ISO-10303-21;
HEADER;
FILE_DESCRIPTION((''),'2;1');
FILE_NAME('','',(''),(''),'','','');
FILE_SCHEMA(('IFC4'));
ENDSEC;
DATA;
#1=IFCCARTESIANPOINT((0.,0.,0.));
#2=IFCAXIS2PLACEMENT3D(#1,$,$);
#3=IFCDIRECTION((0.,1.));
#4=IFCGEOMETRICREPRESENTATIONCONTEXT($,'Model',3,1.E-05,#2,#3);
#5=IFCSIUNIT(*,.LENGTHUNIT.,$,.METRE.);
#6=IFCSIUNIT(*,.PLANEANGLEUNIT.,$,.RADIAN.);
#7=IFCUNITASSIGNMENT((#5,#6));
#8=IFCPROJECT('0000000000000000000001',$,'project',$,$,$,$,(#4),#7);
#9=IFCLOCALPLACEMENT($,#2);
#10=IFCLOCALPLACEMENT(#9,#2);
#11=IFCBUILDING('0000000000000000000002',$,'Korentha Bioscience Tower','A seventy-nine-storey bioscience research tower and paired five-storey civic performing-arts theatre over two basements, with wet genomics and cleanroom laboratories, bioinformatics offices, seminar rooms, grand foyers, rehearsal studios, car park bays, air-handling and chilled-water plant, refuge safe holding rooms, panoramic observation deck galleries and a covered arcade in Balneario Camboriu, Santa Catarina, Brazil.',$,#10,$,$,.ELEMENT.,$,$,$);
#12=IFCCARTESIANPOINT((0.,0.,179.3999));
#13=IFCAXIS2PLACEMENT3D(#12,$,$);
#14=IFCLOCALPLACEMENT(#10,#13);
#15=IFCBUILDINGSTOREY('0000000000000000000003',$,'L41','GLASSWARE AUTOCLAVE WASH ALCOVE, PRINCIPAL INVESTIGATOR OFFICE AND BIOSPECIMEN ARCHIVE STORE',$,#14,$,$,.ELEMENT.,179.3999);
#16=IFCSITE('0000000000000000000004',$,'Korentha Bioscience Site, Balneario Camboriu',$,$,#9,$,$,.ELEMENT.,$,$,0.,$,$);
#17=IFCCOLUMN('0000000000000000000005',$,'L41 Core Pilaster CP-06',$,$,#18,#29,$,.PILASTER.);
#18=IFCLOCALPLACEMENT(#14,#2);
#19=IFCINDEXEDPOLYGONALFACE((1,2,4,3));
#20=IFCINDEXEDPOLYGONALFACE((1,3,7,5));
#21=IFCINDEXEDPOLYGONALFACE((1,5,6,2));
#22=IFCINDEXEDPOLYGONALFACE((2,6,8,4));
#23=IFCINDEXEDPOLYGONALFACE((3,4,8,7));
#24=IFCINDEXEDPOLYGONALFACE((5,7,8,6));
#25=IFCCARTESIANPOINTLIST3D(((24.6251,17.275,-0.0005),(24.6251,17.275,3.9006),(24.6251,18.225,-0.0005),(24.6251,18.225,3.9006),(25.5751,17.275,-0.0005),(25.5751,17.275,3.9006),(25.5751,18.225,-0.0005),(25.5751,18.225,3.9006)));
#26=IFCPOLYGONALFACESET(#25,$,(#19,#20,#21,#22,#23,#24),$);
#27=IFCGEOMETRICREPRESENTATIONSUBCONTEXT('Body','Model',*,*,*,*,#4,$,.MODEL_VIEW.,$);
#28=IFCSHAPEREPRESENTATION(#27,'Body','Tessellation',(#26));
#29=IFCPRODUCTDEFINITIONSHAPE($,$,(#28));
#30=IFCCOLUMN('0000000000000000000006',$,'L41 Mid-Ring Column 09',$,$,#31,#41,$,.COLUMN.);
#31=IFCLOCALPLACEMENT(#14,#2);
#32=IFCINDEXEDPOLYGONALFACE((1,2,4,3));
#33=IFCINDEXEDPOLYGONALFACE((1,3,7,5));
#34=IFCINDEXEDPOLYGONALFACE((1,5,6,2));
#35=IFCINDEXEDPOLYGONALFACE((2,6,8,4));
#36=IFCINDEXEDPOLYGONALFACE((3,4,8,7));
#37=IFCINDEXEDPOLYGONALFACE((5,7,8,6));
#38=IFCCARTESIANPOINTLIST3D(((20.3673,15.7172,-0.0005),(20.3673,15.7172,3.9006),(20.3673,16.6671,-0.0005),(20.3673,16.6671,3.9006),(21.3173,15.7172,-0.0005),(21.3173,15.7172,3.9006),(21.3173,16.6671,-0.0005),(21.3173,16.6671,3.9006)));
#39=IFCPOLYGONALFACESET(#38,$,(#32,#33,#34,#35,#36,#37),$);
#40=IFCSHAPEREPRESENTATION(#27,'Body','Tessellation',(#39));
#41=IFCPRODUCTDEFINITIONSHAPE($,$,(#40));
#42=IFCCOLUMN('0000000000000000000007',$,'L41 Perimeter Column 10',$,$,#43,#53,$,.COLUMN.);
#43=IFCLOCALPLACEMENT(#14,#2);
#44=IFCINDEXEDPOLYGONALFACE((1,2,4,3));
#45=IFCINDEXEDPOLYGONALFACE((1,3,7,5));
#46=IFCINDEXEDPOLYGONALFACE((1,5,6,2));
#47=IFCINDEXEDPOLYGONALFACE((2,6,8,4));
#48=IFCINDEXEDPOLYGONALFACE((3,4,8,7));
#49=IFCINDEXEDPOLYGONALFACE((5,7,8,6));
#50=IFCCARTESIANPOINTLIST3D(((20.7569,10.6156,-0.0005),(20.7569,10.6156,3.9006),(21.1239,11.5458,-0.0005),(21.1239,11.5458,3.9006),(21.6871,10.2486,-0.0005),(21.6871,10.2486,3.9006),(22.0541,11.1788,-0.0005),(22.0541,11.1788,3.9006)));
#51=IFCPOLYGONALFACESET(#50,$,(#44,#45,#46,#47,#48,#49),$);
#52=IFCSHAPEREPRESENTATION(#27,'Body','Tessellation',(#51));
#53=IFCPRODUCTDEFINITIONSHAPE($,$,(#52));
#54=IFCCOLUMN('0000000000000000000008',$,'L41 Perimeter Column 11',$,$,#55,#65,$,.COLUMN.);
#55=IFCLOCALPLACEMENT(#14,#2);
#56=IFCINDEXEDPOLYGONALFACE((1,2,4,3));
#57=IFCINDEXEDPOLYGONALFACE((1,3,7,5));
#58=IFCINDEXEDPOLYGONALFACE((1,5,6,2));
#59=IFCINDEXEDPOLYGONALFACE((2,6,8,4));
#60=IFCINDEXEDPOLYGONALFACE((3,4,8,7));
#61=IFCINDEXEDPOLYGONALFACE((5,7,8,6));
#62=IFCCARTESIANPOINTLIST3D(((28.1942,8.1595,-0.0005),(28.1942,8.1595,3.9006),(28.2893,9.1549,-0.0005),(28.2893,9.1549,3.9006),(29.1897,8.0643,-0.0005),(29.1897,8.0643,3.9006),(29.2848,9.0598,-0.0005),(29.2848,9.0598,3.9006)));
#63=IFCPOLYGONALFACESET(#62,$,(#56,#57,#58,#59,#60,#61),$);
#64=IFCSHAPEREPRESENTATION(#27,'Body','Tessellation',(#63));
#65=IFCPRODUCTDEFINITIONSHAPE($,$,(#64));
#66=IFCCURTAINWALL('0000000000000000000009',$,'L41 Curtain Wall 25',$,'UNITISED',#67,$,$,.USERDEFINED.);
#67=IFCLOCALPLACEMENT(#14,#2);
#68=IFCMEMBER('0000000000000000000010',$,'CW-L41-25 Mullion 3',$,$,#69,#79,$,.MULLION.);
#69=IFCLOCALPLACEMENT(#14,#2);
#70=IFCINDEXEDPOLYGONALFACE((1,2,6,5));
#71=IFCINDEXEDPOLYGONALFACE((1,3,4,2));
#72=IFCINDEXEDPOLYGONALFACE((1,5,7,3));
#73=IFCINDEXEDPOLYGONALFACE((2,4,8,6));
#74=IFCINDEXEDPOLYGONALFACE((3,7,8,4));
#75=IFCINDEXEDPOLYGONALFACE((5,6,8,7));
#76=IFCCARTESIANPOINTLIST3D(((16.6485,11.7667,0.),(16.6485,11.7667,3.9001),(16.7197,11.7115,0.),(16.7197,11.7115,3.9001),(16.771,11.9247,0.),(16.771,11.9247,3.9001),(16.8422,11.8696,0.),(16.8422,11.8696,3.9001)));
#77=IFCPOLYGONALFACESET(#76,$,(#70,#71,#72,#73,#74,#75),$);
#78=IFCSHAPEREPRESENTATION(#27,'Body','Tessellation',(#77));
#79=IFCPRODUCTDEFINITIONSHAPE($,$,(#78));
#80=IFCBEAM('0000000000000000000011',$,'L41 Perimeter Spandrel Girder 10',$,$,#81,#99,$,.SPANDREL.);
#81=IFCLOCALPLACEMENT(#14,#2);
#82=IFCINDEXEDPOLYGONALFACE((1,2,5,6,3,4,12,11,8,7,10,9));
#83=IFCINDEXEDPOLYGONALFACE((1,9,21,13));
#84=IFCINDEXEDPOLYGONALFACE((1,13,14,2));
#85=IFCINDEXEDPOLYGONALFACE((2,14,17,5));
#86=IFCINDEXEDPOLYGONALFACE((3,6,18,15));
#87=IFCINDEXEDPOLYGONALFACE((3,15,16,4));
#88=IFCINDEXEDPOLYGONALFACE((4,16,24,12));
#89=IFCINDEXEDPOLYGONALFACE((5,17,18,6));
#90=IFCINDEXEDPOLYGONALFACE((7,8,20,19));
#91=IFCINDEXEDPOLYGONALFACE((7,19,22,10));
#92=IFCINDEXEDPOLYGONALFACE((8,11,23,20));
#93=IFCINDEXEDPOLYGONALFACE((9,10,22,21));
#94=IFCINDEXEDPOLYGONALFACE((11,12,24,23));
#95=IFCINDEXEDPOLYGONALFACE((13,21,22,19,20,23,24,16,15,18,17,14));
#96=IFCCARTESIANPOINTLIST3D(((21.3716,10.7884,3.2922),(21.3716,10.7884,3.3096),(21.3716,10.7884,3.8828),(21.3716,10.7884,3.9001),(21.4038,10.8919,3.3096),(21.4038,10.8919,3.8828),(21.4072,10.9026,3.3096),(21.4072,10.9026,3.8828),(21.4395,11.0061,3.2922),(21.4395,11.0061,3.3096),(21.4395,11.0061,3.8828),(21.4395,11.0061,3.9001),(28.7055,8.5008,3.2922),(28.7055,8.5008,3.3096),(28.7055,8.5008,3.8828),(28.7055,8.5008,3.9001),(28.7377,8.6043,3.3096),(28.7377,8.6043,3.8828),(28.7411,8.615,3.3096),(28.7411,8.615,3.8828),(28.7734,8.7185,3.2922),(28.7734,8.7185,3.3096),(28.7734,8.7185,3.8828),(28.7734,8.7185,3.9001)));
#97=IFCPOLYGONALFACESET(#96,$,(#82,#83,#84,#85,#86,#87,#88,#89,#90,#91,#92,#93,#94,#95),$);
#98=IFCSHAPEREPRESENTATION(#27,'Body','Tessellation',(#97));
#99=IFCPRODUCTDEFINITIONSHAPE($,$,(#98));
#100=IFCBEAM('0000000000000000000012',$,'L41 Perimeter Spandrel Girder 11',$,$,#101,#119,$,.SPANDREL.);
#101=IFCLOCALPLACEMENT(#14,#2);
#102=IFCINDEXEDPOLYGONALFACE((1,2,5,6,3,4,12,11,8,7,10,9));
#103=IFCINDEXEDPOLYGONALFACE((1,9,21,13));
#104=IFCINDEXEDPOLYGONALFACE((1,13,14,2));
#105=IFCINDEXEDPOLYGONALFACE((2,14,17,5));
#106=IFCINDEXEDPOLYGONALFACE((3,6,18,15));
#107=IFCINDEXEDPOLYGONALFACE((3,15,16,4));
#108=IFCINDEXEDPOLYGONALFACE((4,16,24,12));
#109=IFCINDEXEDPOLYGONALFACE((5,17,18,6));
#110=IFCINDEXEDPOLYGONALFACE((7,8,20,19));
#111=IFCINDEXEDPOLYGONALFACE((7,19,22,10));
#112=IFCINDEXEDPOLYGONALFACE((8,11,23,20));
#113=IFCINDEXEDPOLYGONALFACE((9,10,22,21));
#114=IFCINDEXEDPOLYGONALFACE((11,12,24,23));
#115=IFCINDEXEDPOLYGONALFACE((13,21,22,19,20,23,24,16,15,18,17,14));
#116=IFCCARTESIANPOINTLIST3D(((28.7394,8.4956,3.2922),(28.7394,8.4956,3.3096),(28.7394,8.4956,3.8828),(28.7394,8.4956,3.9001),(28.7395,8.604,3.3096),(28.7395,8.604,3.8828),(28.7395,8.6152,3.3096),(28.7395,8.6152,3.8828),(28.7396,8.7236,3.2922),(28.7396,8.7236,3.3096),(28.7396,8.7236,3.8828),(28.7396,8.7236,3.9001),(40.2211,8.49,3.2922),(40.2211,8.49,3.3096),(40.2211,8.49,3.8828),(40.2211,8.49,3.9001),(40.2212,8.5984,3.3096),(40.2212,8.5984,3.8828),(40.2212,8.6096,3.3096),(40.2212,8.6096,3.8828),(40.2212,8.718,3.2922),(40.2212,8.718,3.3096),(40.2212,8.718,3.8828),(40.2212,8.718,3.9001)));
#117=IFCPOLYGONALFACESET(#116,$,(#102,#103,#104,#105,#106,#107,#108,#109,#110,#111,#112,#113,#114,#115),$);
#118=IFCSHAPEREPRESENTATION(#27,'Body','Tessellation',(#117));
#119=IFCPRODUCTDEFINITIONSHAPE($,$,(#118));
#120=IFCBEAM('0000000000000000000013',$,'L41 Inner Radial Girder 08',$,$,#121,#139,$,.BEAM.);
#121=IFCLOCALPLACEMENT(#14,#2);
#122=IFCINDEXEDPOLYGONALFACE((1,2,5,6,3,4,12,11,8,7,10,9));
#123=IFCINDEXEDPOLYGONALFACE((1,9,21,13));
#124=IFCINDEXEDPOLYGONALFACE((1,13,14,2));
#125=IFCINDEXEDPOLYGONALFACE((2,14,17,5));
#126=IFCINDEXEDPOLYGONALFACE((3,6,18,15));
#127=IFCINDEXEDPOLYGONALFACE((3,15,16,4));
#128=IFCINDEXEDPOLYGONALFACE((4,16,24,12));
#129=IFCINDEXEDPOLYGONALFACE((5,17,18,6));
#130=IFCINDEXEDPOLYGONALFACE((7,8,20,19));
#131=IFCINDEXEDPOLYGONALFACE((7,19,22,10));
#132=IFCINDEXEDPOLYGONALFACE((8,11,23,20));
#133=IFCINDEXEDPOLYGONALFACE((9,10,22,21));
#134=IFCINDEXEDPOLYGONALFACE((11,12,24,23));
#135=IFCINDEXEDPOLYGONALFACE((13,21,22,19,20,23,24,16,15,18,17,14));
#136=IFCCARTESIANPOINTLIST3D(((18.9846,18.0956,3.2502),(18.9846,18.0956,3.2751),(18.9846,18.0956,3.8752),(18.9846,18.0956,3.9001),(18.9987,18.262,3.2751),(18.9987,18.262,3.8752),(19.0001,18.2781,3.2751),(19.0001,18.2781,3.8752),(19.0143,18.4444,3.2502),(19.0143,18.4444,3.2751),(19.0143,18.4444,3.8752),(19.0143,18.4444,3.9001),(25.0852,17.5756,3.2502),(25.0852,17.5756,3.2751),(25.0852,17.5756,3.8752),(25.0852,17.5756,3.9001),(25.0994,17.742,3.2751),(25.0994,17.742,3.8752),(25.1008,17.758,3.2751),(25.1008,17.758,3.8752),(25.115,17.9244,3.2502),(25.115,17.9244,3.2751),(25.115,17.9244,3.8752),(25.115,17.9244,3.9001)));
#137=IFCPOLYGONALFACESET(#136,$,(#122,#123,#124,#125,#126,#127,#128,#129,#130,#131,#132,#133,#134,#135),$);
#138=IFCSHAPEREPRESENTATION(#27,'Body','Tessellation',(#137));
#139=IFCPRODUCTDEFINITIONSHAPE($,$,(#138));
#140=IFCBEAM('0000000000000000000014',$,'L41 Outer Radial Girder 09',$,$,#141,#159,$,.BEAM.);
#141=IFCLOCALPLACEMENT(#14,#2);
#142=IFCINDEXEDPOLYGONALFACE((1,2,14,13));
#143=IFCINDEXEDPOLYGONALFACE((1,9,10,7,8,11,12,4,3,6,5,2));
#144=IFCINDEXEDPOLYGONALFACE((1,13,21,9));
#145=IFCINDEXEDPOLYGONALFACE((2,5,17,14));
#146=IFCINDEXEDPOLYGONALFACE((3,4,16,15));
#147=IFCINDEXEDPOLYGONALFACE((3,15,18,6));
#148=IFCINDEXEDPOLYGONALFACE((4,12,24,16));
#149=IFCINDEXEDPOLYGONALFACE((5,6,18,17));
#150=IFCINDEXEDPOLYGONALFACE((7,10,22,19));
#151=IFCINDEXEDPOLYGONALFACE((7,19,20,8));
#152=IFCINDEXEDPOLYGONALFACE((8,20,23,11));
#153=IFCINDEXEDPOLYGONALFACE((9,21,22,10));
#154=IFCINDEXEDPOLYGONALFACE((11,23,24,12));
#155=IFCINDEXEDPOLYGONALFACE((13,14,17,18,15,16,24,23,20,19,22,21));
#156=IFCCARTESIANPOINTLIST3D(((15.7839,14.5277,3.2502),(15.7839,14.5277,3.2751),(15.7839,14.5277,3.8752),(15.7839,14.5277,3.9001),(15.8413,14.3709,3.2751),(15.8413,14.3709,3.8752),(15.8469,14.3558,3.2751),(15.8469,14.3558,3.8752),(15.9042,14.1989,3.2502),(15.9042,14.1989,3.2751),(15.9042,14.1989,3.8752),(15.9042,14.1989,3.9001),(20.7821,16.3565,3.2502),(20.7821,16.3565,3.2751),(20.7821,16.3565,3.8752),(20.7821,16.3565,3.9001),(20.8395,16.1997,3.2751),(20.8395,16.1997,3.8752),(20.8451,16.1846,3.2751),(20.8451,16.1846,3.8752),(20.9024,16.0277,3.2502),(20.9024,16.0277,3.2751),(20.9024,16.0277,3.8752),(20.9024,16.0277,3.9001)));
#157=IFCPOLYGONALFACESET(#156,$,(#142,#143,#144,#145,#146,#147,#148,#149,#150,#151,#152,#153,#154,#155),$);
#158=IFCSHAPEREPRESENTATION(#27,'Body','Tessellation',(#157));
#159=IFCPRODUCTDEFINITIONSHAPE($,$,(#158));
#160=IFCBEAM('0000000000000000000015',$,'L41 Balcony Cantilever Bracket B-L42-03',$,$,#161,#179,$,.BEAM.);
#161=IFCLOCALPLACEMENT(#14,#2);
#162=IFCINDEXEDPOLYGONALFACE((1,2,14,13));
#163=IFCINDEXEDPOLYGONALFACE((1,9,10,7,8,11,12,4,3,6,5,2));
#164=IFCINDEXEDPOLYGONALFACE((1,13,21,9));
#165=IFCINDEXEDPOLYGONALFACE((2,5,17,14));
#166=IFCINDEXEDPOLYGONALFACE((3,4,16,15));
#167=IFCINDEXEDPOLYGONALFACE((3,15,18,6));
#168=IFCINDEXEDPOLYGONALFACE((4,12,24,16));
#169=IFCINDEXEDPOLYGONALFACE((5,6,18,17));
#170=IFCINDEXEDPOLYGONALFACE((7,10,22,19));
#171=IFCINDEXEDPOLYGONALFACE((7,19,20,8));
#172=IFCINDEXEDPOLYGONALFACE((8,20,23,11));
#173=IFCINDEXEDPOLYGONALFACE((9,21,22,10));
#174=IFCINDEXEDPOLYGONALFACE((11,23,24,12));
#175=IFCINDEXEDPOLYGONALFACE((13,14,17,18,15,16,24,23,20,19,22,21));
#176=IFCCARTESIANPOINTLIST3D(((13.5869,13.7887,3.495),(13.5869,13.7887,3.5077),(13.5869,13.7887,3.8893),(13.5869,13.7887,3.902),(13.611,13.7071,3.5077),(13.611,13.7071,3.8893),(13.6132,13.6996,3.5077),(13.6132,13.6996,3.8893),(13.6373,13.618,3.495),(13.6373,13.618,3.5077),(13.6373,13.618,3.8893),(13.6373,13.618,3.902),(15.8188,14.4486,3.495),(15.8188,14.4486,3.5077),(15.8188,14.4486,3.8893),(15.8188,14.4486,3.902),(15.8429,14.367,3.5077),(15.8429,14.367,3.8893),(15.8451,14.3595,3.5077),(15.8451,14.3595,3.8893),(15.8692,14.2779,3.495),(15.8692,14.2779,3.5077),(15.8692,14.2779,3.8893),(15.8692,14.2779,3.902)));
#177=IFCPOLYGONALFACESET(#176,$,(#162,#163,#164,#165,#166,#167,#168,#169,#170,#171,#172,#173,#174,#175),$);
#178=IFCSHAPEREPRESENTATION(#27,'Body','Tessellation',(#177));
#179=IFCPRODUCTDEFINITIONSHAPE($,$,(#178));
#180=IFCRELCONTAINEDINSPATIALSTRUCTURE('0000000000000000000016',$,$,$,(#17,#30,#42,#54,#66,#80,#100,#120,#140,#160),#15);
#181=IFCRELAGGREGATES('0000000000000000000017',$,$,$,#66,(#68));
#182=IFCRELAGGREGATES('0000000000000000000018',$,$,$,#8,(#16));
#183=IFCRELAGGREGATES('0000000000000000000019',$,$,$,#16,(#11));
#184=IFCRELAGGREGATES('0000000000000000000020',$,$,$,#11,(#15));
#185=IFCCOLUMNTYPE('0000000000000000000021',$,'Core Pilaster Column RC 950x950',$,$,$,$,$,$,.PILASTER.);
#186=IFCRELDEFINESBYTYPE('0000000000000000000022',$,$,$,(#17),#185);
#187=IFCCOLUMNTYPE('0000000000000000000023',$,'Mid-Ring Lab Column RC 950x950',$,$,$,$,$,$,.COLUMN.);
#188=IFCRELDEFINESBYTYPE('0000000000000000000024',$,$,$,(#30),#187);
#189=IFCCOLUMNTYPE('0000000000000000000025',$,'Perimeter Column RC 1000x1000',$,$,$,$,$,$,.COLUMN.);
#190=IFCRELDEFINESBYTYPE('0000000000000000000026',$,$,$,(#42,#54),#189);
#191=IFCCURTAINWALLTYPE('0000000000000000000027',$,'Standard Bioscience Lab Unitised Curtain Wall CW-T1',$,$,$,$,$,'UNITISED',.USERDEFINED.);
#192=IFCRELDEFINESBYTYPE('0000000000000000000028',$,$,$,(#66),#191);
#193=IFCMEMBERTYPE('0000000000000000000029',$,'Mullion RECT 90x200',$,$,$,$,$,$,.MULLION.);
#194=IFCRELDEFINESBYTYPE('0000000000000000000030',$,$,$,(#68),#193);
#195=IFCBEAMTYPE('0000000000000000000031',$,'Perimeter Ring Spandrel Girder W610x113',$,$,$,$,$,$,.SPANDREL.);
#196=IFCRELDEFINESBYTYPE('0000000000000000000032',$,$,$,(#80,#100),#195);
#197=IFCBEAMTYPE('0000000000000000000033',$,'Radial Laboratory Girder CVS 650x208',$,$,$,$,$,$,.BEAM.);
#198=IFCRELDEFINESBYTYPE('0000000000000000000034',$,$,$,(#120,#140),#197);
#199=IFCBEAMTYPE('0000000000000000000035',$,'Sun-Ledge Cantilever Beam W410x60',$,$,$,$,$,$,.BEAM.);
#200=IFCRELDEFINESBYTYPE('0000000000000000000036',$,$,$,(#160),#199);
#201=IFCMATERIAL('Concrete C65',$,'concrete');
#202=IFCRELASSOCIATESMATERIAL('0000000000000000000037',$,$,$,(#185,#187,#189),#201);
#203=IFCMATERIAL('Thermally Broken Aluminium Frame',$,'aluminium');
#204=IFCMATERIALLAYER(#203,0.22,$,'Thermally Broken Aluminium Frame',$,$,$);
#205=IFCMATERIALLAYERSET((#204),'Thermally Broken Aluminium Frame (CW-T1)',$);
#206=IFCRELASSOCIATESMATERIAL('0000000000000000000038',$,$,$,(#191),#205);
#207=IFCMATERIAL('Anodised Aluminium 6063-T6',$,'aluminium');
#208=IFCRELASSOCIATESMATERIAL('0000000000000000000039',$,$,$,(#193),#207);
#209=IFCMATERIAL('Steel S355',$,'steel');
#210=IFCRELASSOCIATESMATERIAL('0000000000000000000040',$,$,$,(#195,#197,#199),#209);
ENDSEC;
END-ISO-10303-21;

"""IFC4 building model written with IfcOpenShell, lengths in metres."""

from ifc_helpers import new_model, si_unit, direction, frame, origin, origin_2d, place, context, subcontext, project, spatial, rectangle, i_section, extrude, material, layer, layer_set, material_profile, profile_set, type_object, element, aggregate, save


model = new_model("IFC4")

# Units and contexts
model_context = context("Model", 3, precision=1e-05, world=origin(), true_north=direction((0.0, 1.0)))
body_context = subcontext(model_context, "Body", "Model", "MODEL_VIEW")
ifc_project = project(units=[si_unit("LENGTHUNIT", "METRE"), si_unit("PLANEANGLEUNIT", "RADIAN")], contexts=[model_context])

# Site, building, storey
site_placement = place(None, origin())
site = spatial("IfcSite", under=ifc_project, at=site_placement, Name="Korentha Bioscience Site, Balneario Camboriu", CompositionType="ELEMENT", RefElevation=0.0)
building_placement = place(site_placement, origin())
building = spatial("IfcBuilding", under=site, at=building_placement, Name="Korentha Bioscience Tower", Description="A seventy-nine-storey bioscience research tower and paired five-storey civic performing-arts theatre over two basements, with wet genomics and cleanroom laboratories, bioinformatics offices, seminar rooms, grand foyers, rehearsal studios, car park bays, air-handling and chilled-water plant, refuge safe holding rooms, panoramic observation deck galleries and a covered arcade in Balneario Camboriu, Santa Catarina, Brazil.", CompositionType="ELEMENT")
storey_placement = place(building_placement, frame((0.0, 0.0, 179.3999)))
storey = spatial("IfcBuildingStorey", under=building, at=storey_placement, Name="L41", Description="GLASSWARE AUTOCLAVE WASH ALCOVE, PRINCIPAL INVESTIGATOR OFFICE AND BIOSPECIMEN ARCHIVE STORE", CompositionType="ELEMENT", Elevation=179.3999)

# Columns
ifc_material_1 = material(Name="Concrete C65", Category="concrete")
ifc_material_profile_1 = material_profile(ifc_material_1, rectangle(XDim=0.95, YDim=0.95, at=origin_2d()), Name="Concrete C65")
ifc_profile_set_1 = profile_set([ifc_material_profile_1], Name="Concrete C65 (COL-CP09)")
column_type_1 = type_object("IfcColumnType", Name="Core Pilaster Column RC 950x950", PredefinedType="PILASTER", material=ifc_profile_set_1)
column_1_placement = place(storey_placement, frame((25.1001, 17.75, -0.0005), z_axis=(0.0, 0.0, 1.0), x_axis=(1.0, 0.0, 0.0)))
element("IfcColumn", 1, at=column_1_placement, inside=storey, type_object=column_type_1, Name="L41 Core Pilaster CP-06", PredefinedType="PILASTER", context=body_context, shape_type="SweptSolid", body=[
    extrude(rectangle(XDim=0.95, YDim=0.95, at=origin_2d()), origin(), (0.0, 0.0, 1.0), 3.9011),
])
ifc_material_profile_2 = material_profile(ifc_material_1, rectangle(XDim=0.95, YDim=0.95, at=origin_2d()), Name="Concrete C65")
ifc_profile_set_2 = profile_set([ifc_material_profile_2], Name="Concrete C65 (COL-MR09)")
column_type_2 = type_object("IfcColumnType", Name="Mid-Ring Lab Column RC 950x950", PredefinedType="COLUMN", material=ifc_profile_set_2)
column_2_placement = place(storey_placement, frame((20.8423, 16.1921, -0.0005), z_axis=(0.0, 0.0, 1.0), x_axis=(1.0, 0.0, 0.0)))
element("IfcColumn", 2, at=column_2_placement, inside=storey, type_object=column_type_2, Name="L41 Mid-Ring Column 09", PredefinedType="COLUMN", context=body_context, shape_type="SweptSolid", body=[
    extrude(rectangle(XDim=0.95, YDim=0.95, at=origin_2d()), origin(), (0.0, 0.0, 1.0), 3.9011),
])
ifc_material_profile_3 = material_profile(ifc_material_1, rectangle(XDim=1.0, YDim=1.0, at=origin_2d()), Name="Concrete C65")
ifc_profile_set_3 = profile_set([ifc_material_profile_3], Name="Concrete C65 (COL-P10)")
column_type_3 = type_object("IfcColumnType", Name="Perimeter Column RC 1000x1000", PredefinedType="COLUMN", material=ifc_profile_set_3)
for number, where, z_axis, x_axis, name in (
    (3, (21.4055, 10.8972, -0.0005), (0.0, 0.0, 1.0), (-0.930226, 0.366988, 0.0), "L41 Perimeter Column 10"),
    (4, (28.7395, 8.6096, -0.0005), (0.0, 0.0, 1.0), (-0.995463, 0.095151, 0.0), "L41 Perimeter Column 11"),
):
    element("IfcColumn", number, at=place(storey_placement, frame(where, z_axis=z_axis, x_axis=x_axis)), inside=storey, type_object=column_type_3, Name=name, PredefinedType="COLUMN", context=body_context, shape_type="SweptSolid", body=[
        extrude(rectangle(XDim=1.0, YDim=1.0, at=origin_2d()), origin(), (0.0, 0.0, 1.0), 3.9011),
    ])

# Curtain wall, member
ifc_material_2 = material(Name="Thermally Broken Aluminium Frame", Category="aluminium")
ifc_layer_1 = layer(ifc_material_2, 0.22, Name="Thermally Broken Aluminium Frame")
ifc_layer_set_1 = layer_set([ifc_layer_1], Name="Thermally Broken Aluminium Frame (CW-T1)")
curtain_wall_type = type_object("IfcCurtainWallType", Name="Standard Bioscience Lab Unitised Curtain Wall CW-T1", ElementType="UNITISED", PredefinedType="USERDEFINED", material=ifc_layer_set_1)
curtain_wall_placement = place(storey_placement, origin())
curtain_wall = element("IfcCurtainWall", 5, at=curtain_wall_placement, inside=storey, type_object=curtain_wall_type, Name="L41 Curtain Wall 25", ObjectType="UNITISED", PredefinedType="USERDEFINED")
ifc_material_3 = material(Name="Anodised Aluminium 6063-T6", Category="aluminium")
ifc_material_profile_4 = material_profile(ifc_material_3, rectangle(XDim=0.0901, YDim=0.2, at=origin_2d()), Name="Anodised Aluminium 6063-T6")
ifc_profile_set_4 = profile_set([ifc_material_profile_4], Name="Anodised Aluminium 6063-T6 (CW-MUL)")
member_type = type_object("IfcMemberType", Name="Mullion RECT 90x200", PredefinedType="MULLION", material=ifc_profile_set_4)
member_placement = place(storey_placement, frame((16.7454, 11.8181, 0.0), z_axis=(0.0, 0.0, 1.0), x_axis=(0.790547, -0.612402, 0.0)))
member = element("IfcMember", 6, at=member_placement, type_object=member_type, Name="CW-L41-25 Mullion 3", PredefinedType="MULLION", context=body_context, shape_type="SweptSolid", body=[
    extrude(rectangle(XDim=0.0901, YDim=0.2, at=origin_2d()), origin(), (0.0, 0.0, 1.0), 3.9001),
])

# Beams
ifc_material_4 = material(Name="Steel S355", Category="steel")
ifc_material_profile_5 = material_profile(ifc_material_4, i_section(OverallWidth=0.228, OverallDepth=0.6079, WebThickness=0.0112, FlangeThickness=0.0173, at=origin_2d()), Name="Steel S355")
ifc_profile_set_5 = profile_set([ifc_material_profile_5], Name="Steel S355 (SB-610)")
beam_type_1 = type_object("IfcBeamType", Name="Perimeter Ring Spandrel Girder W610x113", PredefinedType="SPANDREL", material=ifc_profile_set_5)
beam_1_placement = place(storey_placement, frame((21.4055, 10.8972, 3.5962), z_axis=(0.954638, -0.297768, 0.0), x_axis=(0.297768, 0.954638, 0.0)))
element("IfcBeam", 7, at=beam_1_placement, inside=storey, type_object=beam_type_1, Name="L41 Perimeter Spandrel Girder 10", PredefinedType="SPANDREL", context=body_context, shape_type="SweptSolid", body=[
    extrude(i_section(OverallWidth=0.228, OverallDepth=0.6079, WebThickness=0.0112, FlangeThickness=0.0173, at=origin_2d()), origin(), (0.0, 0.0, 1.0), 7.6824),
])
beam_2_placement = place(storey_placement, frame((28.7395, 8.6096, 3.5962), z_axis=(1.0, -0.000489, 0.0), x_axis=(0.000489, 1.0, 0.0)))
element("IfcBeam", 8, at=beam_2_placement, inside=storey, type_object=beam_type_1, Name="L41 Perimeter Spandrel Girder 11", PredefinedType="SPANDREL", context=body_context, shape_type="SweptSolid", body=[
    extrude(i_section(OverallWidth=0.228, OverallDepth=0.6079, WebThickness=0.0112, FlangeThickness=0.0173, at=origin_2d()), origin(), (0.0, 0.0, 1.0), 11.4817),
])
ifc_material_profile_6 = material_profile(ifc_material_4, i_section(OverallWidth=0.3501, OverallDepth=0.6499, WebThickness=0.0161, FlangeThickness=0.0249, at=origin_2d()), Name="Steel S355")
ifc_profile_set_6 = profile_set([ifc_material_profile_6], Name="Steel S355 (RB-650)")
beam_type_2 = type_object("IfcBeamType", Name="Radial Laboratory Girder CVS 650x208", PredefinedType="BEAM", material=ifc_profile_set_6)
beam_3_placement = place(storey_placement, frame((25.1001, 17.75, 3.5752), z_axis=(-0.996387, 0.084933, 0.0), x_axis=(-0.084933, -0.996387, 0.0)))
element("IfcBeam", 9, at=beam_3_placement, inside=storey, type_object=beam_type_2, Name="L41 Inner Radial Girder 08", PredefinedType="BEAM", context=body_context, shape_type="SweptSolid", body=[
    extrude(i_section(OverallWidth=0.3501, OverallDepth=0.6499, WebThickness=0.0161, FlangeThickness=0.0249, at=origin_2d()), origin(), (0.0, 0.0, 1.0), 6.1228),
])
beam_4_placement = place(storey_placement, frame((20.8423, 16.1921, 3.5752), z_axis=(-0.93911, -0.343617, 0.0), x_axis=(0.343617, -0.93911, 0.0)))
element("IfcBeam", 10, at=beam_4_placement, inside=storey, type_object=beam_type_2, Name="L41 Outer Radial Girder 09", PredefinedType="BEAM", context=body_context, shape_type="SweptSolid", body=[
    extrude(i_section(OverallWidth=0.3501, OverallDepth=0.6499, WebThickness=0.0161, FlangeThickness=0.0249, at=origin_2d()), origin(), (0.0, 0.0, 1.0), 5.3223),
])
ifc_material_profile_7 = material_profile(ifc_material_4, i_section(OverallWidth=0.178, OverallDepth=0.407, WebThickness=0.0078, FlangeThickness=0.0127, at=origin_2d()), Name="Steel S355")
ifc_profile_set_7 = profile_set([ifc_material_profile_7], Name="Steel S355 (CB-410)")
beam_type_3 = type_object("IfcBeamType", Name="Sun-Ledge Cantilever Beam W410x60", PredefinedType="BEAM", material=ifc_profile_set_7)
beam_5_placement = place(storey_placement, frame((15.844, 14.3633, 3.6985), z_axis=(-0.958962, -0.283535, 0.0), x_axis=(0.283535, -0.958962, 0.0)))
element("IfcBeam", 11, at=beam_5_placement, inside=storey, type_object=beam_type_3, Name="L41 Balcony Cantilever Bracket B-L42-03", PredefinedType="BEAM", context=body_context, shape_type="SweptSolid", body=[
    extrude(i_section(OverallWidth=0.178, OverallDepth=0.407, WebThickness=0.0078, FlangeThickness=0.0127, at=origin_2d()), origin(), (0.0, 0.0, 1.0), 2.3274),
])

aggregate(curtain_wall, [member])

save(model, "model.ifc")
